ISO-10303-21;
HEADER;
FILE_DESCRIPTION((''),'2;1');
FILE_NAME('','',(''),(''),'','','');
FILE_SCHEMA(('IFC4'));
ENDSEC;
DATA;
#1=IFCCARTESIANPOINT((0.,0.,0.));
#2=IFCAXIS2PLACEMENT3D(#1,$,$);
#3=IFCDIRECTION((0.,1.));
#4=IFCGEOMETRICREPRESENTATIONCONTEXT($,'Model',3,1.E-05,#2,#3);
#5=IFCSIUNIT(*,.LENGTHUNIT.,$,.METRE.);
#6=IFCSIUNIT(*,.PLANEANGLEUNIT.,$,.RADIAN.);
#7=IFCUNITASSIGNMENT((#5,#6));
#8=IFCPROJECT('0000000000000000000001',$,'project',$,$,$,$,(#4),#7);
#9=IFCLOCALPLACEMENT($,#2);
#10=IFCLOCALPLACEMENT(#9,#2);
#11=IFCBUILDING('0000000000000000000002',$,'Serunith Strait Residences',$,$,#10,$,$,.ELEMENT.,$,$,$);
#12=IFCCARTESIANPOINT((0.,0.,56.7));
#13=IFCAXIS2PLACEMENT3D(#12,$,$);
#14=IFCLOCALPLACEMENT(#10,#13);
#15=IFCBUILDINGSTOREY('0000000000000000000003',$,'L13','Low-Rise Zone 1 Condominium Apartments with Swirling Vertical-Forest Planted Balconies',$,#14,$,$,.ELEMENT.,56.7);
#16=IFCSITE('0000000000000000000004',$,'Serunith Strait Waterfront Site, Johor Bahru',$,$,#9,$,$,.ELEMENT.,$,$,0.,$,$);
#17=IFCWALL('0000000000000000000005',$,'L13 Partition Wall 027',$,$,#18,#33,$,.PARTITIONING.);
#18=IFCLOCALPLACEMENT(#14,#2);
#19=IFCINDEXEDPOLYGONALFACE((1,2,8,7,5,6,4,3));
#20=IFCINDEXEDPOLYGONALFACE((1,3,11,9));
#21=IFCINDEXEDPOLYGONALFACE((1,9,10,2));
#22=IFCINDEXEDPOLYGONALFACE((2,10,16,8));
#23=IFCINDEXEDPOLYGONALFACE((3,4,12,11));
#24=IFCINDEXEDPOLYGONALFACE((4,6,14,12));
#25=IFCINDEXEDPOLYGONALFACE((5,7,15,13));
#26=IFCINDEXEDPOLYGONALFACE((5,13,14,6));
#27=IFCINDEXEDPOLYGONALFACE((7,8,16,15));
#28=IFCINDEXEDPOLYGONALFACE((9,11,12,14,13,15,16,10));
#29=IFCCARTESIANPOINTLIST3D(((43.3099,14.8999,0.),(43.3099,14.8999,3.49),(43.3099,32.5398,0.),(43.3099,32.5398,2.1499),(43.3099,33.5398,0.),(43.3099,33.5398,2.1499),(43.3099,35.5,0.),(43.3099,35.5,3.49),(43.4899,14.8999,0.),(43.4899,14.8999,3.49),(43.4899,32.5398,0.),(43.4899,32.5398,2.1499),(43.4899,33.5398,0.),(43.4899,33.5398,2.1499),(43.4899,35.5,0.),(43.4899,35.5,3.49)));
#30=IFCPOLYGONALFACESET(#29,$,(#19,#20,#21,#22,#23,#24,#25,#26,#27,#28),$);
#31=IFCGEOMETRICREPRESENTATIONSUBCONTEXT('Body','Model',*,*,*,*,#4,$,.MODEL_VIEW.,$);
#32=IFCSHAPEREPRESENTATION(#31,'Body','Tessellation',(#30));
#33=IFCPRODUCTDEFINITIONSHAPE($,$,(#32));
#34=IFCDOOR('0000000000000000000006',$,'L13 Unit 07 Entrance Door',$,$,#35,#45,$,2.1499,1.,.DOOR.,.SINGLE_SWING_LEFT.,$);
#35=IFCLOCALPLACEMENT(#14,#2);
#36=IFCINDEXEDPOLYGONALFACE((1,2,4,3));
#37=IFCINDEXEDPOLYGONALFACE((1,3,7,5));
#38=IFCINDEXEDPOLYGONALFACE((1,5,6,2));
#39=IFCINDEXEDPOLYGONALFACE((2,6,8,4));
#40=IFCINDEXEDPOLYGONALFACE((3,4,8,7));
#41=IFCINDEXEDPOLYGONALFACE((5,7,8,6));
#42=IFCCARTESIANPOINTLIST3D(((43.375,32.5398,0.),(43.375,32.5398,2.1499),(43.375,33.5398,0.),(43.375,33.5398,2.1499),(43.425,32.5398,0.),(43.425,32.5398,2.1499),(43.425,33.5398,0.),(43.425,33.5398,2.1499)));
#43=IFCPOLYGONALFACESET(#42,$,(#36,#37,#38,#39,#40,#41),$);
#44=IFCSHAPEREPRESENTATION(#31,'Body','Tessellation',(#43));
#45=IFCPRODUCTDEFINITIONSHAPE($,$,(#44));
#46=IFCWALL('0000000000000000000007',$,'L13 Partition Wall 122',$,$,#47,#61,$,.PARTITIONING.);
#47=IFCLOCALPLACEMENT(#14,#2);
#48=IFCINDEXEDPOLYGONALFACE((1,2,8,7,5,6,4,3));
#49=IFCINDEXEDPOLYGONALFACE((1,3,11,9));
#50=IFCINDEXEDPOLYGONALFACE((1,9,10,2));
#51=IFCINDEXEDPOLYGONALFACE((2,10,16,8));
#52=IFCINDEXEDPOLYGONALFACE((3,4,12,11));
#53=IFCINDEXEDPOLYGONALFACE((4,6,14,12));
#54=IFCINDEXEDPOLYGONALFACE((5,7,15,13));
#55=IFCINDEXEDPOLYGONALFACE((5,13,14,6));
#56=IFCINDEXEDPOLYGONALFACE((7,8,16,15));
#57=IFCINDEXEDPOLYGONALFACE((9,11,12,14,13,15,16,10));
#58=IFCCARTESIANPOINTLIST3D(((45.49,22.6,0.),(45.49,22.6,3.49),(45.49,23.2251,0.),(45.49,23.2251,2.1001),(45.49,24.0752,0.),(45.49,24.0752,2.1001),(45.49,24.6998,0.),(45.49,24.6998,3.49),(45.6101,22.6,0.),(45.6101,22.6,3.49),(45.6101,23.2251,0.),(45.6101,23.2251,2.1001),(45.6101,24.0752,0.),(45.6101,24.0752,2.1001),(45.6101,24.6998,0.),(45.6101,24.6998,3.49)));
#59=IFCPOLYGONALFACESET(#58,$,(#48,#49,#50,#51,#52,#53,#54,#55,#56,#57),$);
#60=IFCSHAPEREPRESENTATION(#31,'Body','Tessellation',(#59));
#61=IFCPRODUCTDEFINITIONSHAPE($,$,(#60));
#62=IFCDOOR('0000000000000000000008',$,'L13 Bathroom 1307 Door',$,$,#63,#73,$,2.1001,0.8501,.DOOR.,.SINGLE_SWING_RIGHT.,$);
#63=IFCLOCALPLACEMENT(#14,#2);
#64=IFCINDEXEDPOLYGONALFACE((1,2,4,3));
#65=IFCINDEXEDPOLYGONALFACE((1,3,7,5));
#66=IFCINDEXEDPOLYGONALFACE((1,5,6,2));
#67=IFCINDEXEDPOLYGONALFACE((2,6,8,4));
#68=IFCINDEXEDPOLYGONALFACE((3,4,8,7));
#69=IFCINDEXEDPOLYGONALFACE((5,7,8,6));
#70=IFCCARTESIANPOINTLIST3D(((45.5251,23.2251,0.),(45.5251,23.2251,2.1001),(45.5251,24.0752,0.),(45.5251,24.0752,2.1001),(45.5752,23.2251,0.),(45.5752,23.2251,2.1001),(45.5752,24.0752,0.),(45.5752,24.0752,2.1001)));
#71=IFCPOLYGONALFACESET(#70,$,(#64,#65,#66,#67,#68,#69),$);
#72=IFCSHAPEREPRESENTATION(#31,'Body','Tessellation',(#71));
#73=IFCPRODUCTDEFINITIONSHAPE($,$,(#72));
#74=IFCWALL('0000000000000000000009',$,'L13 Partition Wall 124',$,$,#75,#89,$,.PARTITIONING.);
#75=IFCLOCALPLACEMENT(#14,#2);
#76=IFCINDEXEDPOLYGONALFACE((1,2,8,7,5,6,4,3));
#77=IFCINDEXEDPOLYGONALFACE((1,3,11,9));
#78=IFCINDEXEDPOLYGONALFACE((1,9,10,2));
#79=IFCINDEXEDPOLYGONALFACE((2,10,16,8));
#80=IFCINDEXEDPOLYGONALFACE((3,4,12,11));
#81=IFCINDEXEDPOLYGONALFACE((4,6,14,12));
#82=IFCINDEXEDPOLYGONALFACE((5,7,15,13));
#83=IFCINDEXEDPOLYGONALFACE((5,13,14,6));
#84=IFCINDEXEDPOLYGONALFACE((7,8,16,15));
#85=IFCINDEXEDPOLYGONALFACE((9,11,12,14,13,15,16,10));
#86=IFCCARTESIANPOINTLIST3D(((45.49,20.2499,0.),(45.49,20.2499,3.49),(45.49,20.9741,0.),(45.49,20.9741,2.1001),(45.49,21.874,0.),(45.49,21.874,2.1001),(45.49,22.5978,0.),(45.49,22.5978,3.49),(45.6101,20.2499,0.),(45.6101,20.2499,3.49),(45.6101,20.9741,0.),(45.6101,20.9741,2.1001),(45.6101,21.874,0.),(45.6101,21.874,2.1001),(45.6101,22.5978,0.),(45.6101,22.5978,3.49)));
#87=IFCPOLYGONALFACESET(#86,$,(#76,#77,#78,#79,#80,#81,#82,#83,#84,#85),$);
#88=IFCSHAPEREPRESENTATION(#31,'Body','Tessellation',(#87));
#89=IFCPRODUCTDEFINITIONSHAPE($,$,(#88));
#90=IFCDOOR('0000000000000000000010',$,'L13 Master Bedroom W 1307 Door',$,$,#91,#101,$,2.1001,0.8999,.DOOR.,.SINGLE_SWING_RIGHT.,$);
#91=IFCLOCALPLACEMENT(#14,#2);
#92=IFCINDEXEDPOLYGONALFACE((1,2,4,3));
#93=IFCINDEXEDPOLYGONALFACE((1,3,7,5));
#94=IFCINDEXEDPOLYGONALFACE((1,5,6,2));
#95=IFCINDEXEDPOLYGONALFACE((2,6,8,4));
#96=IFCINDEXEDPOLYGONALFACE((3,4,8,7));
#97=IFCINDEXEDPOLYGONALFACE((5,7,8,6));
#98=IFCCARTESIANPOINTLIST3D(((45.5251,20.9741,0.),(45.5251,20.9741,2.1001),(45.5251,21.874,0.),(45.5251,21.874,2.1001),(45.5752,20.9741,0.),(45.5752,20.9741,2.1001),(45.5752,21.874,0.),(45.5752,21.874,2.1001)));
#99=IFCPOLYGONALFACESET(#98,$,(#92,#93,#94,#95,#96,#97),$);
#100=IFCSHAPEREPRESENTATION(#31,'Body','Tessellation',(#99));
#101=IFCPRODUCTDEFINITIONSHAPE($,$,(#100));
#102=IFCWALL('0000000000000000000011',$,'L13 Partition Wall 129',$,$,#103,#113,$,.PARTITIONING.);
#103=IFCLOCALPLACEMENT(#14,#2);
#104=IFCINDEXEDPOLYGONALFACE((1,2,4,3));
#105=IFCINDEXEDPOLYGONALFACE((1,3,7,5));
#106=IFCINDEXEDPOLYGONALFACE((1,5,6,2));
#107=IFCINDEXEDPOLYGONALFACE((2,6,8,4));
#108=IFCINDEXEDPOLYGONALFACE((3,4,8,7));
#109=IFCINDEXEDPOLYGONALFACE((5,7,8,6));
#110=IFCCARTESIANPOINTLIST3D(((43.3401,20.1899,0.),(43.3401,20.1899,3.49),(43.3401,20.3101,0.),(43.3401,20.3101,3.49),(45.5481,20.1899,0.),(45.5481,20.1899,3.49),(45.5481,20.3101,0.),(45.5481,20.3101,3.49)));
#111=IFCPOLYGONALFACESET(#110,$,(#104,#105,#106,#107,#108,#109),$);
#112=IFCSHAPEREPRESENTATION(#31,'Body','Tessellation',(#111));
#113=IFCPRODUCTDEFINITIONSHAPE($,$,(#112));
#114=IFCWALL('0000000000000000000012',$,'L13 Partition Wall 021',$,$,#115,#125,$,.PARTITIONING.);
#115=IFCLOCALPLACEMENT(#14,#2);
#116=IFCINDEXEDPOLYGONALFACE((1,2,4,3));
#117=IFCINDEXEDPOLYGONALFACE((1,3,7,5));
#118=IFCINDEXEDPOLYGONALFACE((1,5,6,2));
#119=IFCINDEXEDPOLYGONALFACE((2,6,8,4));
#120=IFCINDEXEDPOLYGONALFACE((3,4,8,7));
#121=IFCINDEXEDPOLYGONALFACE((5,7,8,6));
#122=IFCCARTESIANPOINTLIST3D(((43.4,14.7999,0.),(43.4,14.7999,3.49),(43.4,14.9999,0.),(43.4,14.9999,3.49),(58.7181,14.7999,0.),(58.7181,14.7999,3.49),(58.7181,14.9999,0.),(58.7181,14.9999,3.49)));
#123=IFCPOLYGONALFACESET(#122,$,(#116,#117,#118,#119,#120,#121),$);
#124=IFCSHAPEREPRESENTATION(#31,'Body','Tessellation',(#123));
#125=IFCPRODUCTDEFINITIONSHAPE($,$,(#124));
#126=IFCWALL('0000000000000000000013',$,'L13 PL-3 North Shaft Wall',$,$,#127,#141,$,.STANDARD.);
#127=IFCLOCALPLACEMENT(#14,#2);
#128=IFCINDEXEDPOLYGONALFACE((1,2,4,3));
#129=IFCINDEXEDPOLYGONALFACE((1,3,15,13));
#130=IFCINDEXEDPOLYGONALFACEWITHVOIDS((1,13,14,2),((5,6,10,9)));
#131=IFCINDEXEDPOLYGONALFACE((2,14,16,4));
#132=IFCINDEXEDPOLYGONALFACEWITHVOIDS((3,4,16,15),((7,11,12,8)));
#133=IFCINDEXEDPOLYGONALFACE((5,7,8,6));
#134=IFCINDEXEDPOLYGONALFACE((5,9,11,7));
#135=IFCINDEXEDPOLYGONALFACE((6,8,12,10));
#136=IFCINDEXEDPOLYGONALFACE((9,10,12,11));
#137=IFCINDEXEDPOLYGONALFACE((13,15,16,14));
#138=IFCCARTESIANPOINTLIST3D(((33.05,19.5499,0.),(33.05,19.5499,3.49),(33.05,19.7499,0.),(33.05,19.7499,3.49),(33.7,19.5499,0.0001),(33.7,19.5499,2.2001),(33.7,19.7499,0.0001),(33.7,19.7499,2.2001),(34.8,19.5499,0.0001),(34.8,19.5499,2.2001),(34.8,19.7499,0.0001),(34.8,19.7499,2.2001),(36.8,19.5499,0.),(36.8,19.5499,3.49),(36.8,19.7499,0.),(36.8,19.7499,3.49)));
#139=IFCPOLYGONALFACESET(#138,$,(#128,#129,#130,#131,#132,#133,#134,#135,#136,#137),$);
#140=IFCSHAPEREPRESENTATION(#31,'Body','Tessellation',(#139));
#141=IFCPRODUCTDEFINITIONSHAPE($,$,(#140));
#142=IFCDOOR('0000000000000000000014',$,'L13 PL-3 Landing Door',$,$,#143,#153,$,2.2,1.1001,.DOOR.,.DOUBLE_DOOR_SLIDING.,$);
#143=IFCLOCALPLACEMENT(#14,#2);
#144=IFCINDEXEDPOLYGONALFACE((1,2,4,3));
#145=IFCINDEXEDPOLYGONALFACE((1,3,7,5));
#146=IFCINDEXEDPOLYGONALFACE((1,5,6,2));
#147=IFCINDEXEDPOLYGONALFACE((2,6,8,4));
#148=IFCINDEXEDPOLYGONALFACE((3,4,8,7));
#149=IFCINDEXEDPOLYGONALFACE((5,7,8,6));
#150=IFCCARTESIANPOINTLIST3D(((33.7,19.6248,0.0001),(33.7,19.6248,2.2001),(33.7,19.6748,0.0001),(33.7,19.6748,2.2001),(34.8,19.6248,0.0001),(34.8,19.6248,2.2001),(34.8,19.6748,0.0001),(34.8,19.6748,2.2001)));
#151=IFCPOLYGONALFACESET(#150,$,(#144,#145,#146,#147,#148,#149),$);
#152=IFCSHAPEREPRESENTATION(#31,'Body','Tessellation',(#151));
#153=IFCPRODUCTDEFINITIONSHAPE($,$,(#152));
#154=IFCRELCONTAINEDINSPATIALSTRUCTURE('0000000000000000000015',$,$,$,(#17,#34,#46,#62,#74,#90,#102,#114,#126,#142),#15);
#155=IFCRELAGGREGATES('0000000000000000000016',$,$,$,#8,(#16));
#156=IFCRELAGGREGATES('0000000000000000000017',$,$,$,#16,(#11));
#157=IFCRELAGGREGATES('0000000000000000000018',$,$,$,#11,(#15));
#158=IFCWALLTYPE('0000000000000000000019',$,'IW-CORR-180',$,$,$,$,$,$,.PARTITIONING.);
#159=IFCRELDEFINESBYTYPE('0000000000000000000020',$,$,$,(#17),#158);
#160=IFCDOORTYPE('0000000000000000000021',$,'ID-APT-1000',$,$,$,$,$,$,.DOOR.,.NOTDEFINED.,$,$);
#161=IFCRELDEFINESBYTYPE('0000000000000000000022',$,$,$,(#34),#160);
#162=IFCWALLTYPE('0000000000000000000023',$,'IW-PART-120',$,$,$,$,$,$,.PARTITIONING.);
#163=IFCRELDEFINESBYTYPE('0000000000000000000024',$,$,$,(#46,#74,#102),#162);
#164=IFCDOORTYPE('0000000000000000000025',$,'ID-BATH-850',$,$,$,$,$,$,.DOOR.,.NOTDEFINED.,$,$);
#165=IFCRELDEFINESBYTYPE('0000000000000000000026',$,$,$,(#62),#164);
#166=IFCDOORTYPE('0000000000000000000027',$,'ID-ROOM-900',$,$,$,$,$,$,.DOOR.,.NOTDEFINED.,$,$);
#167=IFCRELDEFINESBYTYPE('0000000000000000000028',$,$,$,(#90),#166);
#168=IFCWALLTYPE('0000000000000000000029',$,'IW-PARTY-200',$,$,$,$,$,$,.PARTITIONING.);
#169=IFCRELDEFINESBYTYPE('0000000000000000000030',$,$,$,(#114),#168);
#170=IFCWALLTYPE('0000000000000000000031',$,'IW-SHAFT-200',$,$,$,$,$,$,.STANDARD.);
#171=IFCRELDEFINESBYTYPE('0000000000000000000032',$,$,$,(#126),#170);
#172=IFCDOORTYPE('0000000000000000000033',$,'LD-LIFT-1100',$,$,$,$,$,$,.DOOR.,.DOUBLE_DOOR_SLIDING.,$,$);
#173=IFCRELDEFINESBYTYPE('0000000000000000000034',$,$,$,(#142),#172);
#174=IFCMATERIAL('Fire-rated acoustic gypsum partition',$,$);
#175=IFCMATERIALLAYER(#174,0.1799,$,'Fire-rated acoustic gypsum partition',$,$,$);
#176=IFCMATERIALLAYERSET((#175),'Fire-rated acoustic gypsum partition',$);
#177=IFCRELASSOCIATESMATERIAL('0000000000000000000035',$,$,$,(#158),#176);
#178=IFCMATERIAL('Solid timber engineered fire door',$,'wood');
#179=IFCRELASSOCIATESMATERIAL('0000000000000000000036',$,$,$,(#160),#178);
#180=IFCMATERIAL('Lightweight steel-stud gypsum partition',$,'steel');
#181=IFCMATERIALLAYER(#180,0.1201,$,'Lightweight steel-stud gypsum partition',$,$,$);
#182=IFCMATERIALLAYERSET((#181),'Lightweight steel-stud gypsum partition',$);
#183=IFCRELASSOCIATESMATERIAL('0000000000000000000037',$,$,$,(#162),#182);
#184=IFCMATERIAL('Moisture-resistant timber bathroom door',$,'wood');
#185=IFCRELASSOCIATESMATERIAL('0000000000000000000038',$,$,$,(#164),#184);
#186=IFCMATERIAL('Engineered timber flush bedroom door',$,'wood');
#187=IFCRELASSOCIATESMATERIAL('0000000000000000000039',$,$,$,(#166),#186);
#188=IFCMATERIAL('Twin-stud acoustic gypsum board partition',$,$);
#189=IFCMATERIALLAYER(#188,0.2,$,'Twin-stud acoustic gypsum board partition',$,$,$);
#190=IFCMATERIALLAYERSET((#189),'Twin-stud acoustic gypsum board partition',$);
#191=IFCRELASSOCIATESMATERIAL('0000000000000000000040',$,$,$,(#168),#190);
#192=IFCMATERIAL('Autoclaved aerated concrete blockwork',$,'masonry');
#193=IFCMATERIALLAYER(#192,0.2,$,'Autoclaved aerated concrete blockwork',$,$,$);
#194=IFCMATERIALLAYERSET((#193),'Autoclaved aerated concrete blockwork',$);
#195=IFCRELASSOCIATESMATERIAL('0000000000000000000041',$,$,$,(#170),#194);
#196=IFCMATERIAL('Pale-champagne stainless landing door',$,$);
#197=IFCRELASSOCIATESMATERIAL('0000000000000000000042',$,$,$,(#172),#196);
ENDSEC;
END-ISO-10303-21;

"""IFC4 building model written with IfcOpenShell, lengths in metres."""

from ifc_helpers import new_model, si_unit, direction, frame, frame_2d, origin, place, context, subcontext, project, spatial, rectangle, extrude, source, transform, mapped, material, layer, layer_set, type_object, element, fill, save


model = new_model("IFC4")

# Units and contexts
model_context = context("Model", 3, precision=1e-05, world=origin(), true_north=direction((0.0, 1.0)))
body_context = subcontext(model_context, "Body", "Model", "MODEL_VIEW")
ifc_project = project(units=[si_unit("LENGTHUNIT", "METRE"), si_unit("PLANEANGLEUNIT", "RADIAN")], contexts=[model_context])

# Site, building, storey
site_placement = place(None, origin())
site = spatial("IfcSite", under=ifc_project, at=site_placement, Name="Serunith Strait Waterfront Site, Johor Bahru", CompositionType="ELEMENT", RefElevation=0.0)
building_placement = place(site_placement, origin())
building = spatial("IfcBuilding", under=site, at=building_placement, Name="Serunith Strait Residences", CompositionType="ELEMENT")
storey_placement = place(building_placement, frame((0.0, 0.0, 56.7)))
storey = spatial("IfcBuildingStorey", under=building, at=storey_placement, Name="L13", Description="Low-Rise Zone 1 Condominium Apartments with Swirling Vertical-Forest Planted Balconies", CompositionType="ELEMENT", Elevation=56.7)

# Walls, openings, doors
ifc_material_1 = material(Name="Fire-rated acoustic gypsum partition")
ifc_layer_1 = layer(ifc_material_1, 0.1799, Name="Fire-rated acoustic gypsum partition")
ifc_layer_set_1 = layer_set([ifc_layer_1], Name="Fire-rated acoustic gypsum partition")
wall_type_1 = type_object("IfcWallType", Name="IW-CORR-180", PredefinedType="PARTITIONING", material=ifc_layer_set_1)
wall_1_placement = place(storey_placement, frame((43.3999, 14.8999, 0.0), z_axis=(0.0, 0.0, 1.0), x_axis=(0.0, 1.0, 0.0)))
wall_1 = element("IfcWall", 1, at=wall_1_placement, inside=storey, type_object=wall_type_1, Name="L13 Partition Wall 027", PredefinedType="PARTITIONING", context=body_context, shape_type="SweptSolid", body=[
    extrude(rectangle(XDim=20.6001, YDim=0.1799, at=frame_2d((10.3, 0.0))), origin(), (0.0, 0.0, 1.0), 3.49),
])
opening_1_placement = place(wall_1_placement, frame((17.6399, 0.0, 0.0)))
opening_1 = element("IfcOpeningElement", 2, at=opening_1_placement, cuts=wall_1, PredefinedType="OPENING", context=body_context, shape_type="SweptSolid", body=[
    extrude(rectangle(XDim=1.0, YDim=2.1499, at=frame_2d((0.5, 1.075))), frame((0.0, 0.1001, 0.0), z_axis=(0.0, -1.0, 0.0), x_axis=(1.0, 0.0, 0.0)), (0.0, 0.0, 1.0), 0.2),
])
ifc_material_2 = material(Name="Solid timber engineered fire door", Category="wood")
door_type_1 = type_object("IfcDoorType", Name="ID-APT-1000", OperationType="NOTDEFINED", PredefinedType="DOOR", material=ifc_material_2)
shared_shape_1 = source(origin(), body_context, "Body", "SweptSolid", [
    extrude(rectangle(XDim=1.0, YDim=2.1499, at=frame_2d((0.5, 1.075))), frame((0.0, 0.0249, 0.0), z_axis=(0.0, -1.0, 0.0), x_axis=(1.0, 0.0, 0.0)), (0.0, 0.0, 1.0), 0.05),
])
door_1_placement = place(opening_1_placement, origin())
door_1 = element("IfcDoor", 3, at=door_1_placement, inside=storey, type_object=door_type_1, Name="L13 Unit 07 Entrance Door", OperationType="SINGLE_SWING_LEFT", OverallHeight=2.1499, OverallWidth=1.0, PredefinedType="DOOR", context=body_context, shape_type="MappedRepresentation", body=[
    mapped(shared_shape_1, transform((0.0, 0.0, 0.0), scale=1.0)),
])
fill(opening_1, door_1)
ifc_material_3 = material(Name="Lightweight steel-stud gypsum partition", Category="steel")
ifc_layer_2 = layer(ifc_material_3, 0.1201, Name="Lightweight steel-stud gypsum partition")
ifc_layer_set_2 = layer_set([ifc_layer_2], Name="Lightweight steel-stud gypsum partition")
wall_type_2 = type_object("IfcWallType", Name="IW-PART-120", PredefinedType="PARTITIONING", material=ifc_layer_set_2)
wall_2_placement = place(storey_placement, frame((45.55, 22.6001, 0.0), z_axis=(0.0, 0.0, 1.0), x_axis=(0.0, 1.0, 0.0)))
wall_2 = element("IfcWall", 4, at=wall_2_placement, inside=storey, type_object=wall_type_2, Name="L13 Partition Wall 122", PredefinedType="PARTITIONING", context=body_context, shape_type="SweptSolid", body=[
    extrude(rectangle(XDim=2.0999, YDim=0.1201, at=frame_2d((1.0498, 0.0))), origin(), (0.0, 0.0, 1.0), 3.49),
])
opening_2_placement = place(wall_2_placement, frame((0.625, 0.0, 0.0)))
opening_2 = element("IfcOpeningElement", 5, at=opening_2_placement, cuts=wall_2, PredefinedType="OPENING", context=body_context, shape_type="SweptSolid", body=[
    extrude(rectangle(XDim=0.8501, YDim=2.1001, at=frame_2d((0.425, 1.05))), frame((0.0, 0.0701, 0.0), z_axis=(0.0, -1.0, 0.0), x_axis=(1.0, 0.0, 0.0)), (0.0, 0.0, 1.0), 0.1401),
])
ifc_material_4 = material(Name="Moisture-resistant timber bathroom door", Category="wood")
door_type_2 = type_object("IfcDoorType", Name="ID-BATH-850", OperationType="NOTDEFINED", PredefinedType="DOOR", material=ifc_material_4)
shared_shape_2 = source(origin(), body_context, "Body", "SweptSolid", [
    extrude(rectangle(XDim=0.8501, YDim=2.1001, at=frame_2d((0.425, 1.05))), frame((0.0, 0.0249, 0.0), z_axis=(0.0, -1.0, 0.0), x_axis=(1.0, 0.0, 0.0)), (0.0, 0.0, 1.0), 0.05),
])
door_2_placement = place(opening_2_placement, origin())
door_2 = element("IfcDoor", 6, at=door_2_placement, inside=storey, type_object=door_type_2, Name="L13 Bathroom 1307 Door", OperationType="SINGLE_SWING_RIGHT", OverallHeight=2.1001, OverallWidth=0.8501, PredefinedType="DOOR", context=body_context, shape_type="MappedRepresentation", body=[
    mapped(shared_shape_2, transform((0.0, 0.0, 0.0), scale=1.0)),
])
fill(opening_2, door_2)
wall_3_placement = place(storey_placement, frame((45.55, 20.25, 0.0), z_axis=(0.0, 0.0, 1.0), x_axis=(0.0, 1.0, 0.0)))
wall_3 = element("IfcWall", 7, at=wall_3_placement, inside=storey, type_object=wall_type_2, Name="L13 Partition Wall 124", PredefinedType="PARTITIONING", context=body_context, shape_type="SweptSolid", body=[
    extrude(rectangle(XDim=2.3479, YDim=0.1201, at=frame_2d((1.1738, 0.0))), origin(), (0.0, 0.0, 1.0), 3.49),
])
opening_3_placement = place(wall_3_placement, frame((0.7241, 0.0, 0.0)))
opening_3 = element("IfcOpeningElement", 8, at=opening_3_placement, cuts=wall_3, PredefinedType="OPENING", context=body_context, shape_type="SweptSolid", body=[
    extrude(rectangle(XDim=0.8999, YDim=2.1001, at=frame_2d((0.45, 1.05))), frame((0.0, 0.0701, 0.0), z_axis=(0.0, -1.0, 0.0), x_axis=(1.0, 0.0, 0.0)), (0.0, 0.0, 1.0), 0.1401),
])
ifc_material_5 = material(Name="Engineered timber flush bedroom door", Category="wood")
door_type_3 = type_object("IfcDoorType", Name="ID-ROOM-900", OperationType="NOTDEFINED", PredefinedType="DOOR", material=ifc_material_5)
shared_shape_3 = source(origin(), body_context, "Body", "SweptSolid", [
    extrude(rectangle(XDim=0.8999, YDim=2.1001, at=frame_2d((0.45, 1.05))), frame((0.0, 0.0249, 0.0), z_axis=(0.0, -1.0, 0.0), x_axis=(1.0, 0.0, 0.0)), (0.0, 0.0, 1.0), 0.05),
])
door_3_placement = place(opening_3_placement, origin())
door_3 = element("IfcDoor", 9, at=door_3_placement, inside=storey, type_object=door_type_3, Name="L13 Master Bedroom W 1307 Door", OperationType="SINGLE_SWING_RIGHT", OverallHeight=2.1001, OverallWidth=0.8999, PredefinedType="DOOR", context=body_context, shape_type="MappedRepresentation", body=[
    mapped(shared_shape_3, transform((0.0, 0.0, 0.0), scale=1.0)),
])
fill(opening_3, door_3)

# Walls
wall_4_placement = place(storey_placement, frame((45.5481, 20.25, 0.0), z_axis=(0.0, 0.0, 1.0), x_axis=(-1.0, 0.0, 0.0)))
element("IfcWall", 10, at=wall_4_placement, inside=storey, type_object=wall_type_2, Name="L13 Partition Wall 129", PredefinedType="PARTITIONING", context=body_context, shape_type="SweptSolid", body=[
    extrude(rectangle(XDim=2.208, YDim=0.1201, at=frame_2d((1.104, 0.0))), origin(), (0.0, 0.0, 1.0), 3.49),
])
ifc_material_6 = material(Name="Twin-stud acoustic gypsum board partition")
ifc_layer_3 = layer(ifc_material_6, 0.2, Name="Twin-stud acoustic gypsum board partition")
ifc_layer_set_3 = layer_set([ifc_layer_3], Name="Twin-stud acoustic gypsum board partition")
wall_type_3 = type_object("IfcWallType", Name="IW-PARTY-200", PredefinedType="PARTITIONING", material=ifc_layer_set_3)
wall_5_placement = place(storey_placement, frame((43.3999, 14.8999, 0.0), z_axis=(0.0, 0.0, 1.0), x_axis=(1.0, 0.0, 0.0)))
element("IfcWall", 11, at=wall_5_placement, inside=storey, type_object=wall_type_3, Name="L13 Partition Wall 021", PredefinedType="PARTITIONING", context=body_context, shape_type="SweptSolid", body=[
    extrude(rectangle(XDim=15.3181, YDim=0.2, at=frame_2d((7.6592, 0.0))), origin(), (0.0, 0.0, 1.0), 3.49),
])

# Wall, opening, door
ifc_material_7 = material(Name="Autoclaved aerated concrete blockwork", Category="masonry")
ifc_layer_4 = layer(ifc_material_7, 0.2, Name="Autoclaved aerated concrete blockwork")
ifc_layer_set_4 = layer_set([ifc_layer_4], Name="Autoclaved aerated concrete blockwork")
wall_type_4 = type_object("IfcWallType", Name="IW-SHAFT-200", PredefinedType="STANDARD", material=ifc_layer_set_4)
wall_6_placement = place(storey_placement, frame((33.05, 19.6499, 0.0), z_axis=(0.0, 0.0, 1.0), x_axis=(1.0, 0.0, 0.0)))
wall_6 = element("IfcWall", 12, at=wall_6_placement, inside=storey, type_object=wall_type_4, Name="L13 PL-3 North Shaft Wall", PredefinedType="STANDARD", context=body_context, shape_type="SweptSolid", body=[
    extrude(rectangle(XDim=3.75, YDim=0.2, at=frame_2d((1.875, 0.0))), origin(), (0.0, 0.0, 1.0), 3.49),
])
opening_4_placement = place(wall_6_placement, frame((0.6499, 0.0, 0.0)))
opening_4 = element("IfcOpeningElement", 13, at=opening_4_placement, cuts=wall_6, PredefinedType="OPENING", context=body_context, shape_type="SweptSolid", body=[
    extrude(rectangle(XDim=1.1001, YDim=2.2, at=frame_2d((0.55, 1.1001))), frame((0.0, 0.1099, 0.0), z_axis=(0.0, -1.0, 0.0), x_axis=(1.0, 0.0, 0.0)), (0.0, 0.0, 1.0), 0.22),
])
ifc_material_8 = material(Name="Pale-champagne stainless landing door")
door_type_4 = type_object("IfcDoorType", Name="LD-LIFT-1100", OperationType="DOUBLE_DOOR_SLIDING", PredefinedType="DOOR", material=ifc_material_8)
shared_shape_4 = source(origin(), body_context, "Body", "SweptSolid", [
    extrude(rectangle(XDim=1.1001, YDim=2.2, at=frame_2d((0.55, 1.1001))), frame((0.0, 0.0249, 0.0), z_axis=(0.0, -1.0, 0.0), x_axis=(1.0, 0.0, 0.0)), (0.0, 0.0, 1.0), 0.05),
])
door_4_placement = place(opening_4_placement, origin())
door_4 = element("IfcDoor", 14, at=door_4_placement, inside=storey, type_object=door_type_4, Name="L13 PL-3 Landing Door", OperationType="DOUBLE_DOOR_SLIDING", OverallHeight=2.2, OverallWidth=1.1001, PredefinedType="DOOR", context=body_context, shape_type="MappedRepresentation", body=[
    mapped(shared_shape_4, transform((0.0, 0.0, 0.0), scale=1.0)),
])
fill(opening_4, door_4)

save(model, "model.ifc")
